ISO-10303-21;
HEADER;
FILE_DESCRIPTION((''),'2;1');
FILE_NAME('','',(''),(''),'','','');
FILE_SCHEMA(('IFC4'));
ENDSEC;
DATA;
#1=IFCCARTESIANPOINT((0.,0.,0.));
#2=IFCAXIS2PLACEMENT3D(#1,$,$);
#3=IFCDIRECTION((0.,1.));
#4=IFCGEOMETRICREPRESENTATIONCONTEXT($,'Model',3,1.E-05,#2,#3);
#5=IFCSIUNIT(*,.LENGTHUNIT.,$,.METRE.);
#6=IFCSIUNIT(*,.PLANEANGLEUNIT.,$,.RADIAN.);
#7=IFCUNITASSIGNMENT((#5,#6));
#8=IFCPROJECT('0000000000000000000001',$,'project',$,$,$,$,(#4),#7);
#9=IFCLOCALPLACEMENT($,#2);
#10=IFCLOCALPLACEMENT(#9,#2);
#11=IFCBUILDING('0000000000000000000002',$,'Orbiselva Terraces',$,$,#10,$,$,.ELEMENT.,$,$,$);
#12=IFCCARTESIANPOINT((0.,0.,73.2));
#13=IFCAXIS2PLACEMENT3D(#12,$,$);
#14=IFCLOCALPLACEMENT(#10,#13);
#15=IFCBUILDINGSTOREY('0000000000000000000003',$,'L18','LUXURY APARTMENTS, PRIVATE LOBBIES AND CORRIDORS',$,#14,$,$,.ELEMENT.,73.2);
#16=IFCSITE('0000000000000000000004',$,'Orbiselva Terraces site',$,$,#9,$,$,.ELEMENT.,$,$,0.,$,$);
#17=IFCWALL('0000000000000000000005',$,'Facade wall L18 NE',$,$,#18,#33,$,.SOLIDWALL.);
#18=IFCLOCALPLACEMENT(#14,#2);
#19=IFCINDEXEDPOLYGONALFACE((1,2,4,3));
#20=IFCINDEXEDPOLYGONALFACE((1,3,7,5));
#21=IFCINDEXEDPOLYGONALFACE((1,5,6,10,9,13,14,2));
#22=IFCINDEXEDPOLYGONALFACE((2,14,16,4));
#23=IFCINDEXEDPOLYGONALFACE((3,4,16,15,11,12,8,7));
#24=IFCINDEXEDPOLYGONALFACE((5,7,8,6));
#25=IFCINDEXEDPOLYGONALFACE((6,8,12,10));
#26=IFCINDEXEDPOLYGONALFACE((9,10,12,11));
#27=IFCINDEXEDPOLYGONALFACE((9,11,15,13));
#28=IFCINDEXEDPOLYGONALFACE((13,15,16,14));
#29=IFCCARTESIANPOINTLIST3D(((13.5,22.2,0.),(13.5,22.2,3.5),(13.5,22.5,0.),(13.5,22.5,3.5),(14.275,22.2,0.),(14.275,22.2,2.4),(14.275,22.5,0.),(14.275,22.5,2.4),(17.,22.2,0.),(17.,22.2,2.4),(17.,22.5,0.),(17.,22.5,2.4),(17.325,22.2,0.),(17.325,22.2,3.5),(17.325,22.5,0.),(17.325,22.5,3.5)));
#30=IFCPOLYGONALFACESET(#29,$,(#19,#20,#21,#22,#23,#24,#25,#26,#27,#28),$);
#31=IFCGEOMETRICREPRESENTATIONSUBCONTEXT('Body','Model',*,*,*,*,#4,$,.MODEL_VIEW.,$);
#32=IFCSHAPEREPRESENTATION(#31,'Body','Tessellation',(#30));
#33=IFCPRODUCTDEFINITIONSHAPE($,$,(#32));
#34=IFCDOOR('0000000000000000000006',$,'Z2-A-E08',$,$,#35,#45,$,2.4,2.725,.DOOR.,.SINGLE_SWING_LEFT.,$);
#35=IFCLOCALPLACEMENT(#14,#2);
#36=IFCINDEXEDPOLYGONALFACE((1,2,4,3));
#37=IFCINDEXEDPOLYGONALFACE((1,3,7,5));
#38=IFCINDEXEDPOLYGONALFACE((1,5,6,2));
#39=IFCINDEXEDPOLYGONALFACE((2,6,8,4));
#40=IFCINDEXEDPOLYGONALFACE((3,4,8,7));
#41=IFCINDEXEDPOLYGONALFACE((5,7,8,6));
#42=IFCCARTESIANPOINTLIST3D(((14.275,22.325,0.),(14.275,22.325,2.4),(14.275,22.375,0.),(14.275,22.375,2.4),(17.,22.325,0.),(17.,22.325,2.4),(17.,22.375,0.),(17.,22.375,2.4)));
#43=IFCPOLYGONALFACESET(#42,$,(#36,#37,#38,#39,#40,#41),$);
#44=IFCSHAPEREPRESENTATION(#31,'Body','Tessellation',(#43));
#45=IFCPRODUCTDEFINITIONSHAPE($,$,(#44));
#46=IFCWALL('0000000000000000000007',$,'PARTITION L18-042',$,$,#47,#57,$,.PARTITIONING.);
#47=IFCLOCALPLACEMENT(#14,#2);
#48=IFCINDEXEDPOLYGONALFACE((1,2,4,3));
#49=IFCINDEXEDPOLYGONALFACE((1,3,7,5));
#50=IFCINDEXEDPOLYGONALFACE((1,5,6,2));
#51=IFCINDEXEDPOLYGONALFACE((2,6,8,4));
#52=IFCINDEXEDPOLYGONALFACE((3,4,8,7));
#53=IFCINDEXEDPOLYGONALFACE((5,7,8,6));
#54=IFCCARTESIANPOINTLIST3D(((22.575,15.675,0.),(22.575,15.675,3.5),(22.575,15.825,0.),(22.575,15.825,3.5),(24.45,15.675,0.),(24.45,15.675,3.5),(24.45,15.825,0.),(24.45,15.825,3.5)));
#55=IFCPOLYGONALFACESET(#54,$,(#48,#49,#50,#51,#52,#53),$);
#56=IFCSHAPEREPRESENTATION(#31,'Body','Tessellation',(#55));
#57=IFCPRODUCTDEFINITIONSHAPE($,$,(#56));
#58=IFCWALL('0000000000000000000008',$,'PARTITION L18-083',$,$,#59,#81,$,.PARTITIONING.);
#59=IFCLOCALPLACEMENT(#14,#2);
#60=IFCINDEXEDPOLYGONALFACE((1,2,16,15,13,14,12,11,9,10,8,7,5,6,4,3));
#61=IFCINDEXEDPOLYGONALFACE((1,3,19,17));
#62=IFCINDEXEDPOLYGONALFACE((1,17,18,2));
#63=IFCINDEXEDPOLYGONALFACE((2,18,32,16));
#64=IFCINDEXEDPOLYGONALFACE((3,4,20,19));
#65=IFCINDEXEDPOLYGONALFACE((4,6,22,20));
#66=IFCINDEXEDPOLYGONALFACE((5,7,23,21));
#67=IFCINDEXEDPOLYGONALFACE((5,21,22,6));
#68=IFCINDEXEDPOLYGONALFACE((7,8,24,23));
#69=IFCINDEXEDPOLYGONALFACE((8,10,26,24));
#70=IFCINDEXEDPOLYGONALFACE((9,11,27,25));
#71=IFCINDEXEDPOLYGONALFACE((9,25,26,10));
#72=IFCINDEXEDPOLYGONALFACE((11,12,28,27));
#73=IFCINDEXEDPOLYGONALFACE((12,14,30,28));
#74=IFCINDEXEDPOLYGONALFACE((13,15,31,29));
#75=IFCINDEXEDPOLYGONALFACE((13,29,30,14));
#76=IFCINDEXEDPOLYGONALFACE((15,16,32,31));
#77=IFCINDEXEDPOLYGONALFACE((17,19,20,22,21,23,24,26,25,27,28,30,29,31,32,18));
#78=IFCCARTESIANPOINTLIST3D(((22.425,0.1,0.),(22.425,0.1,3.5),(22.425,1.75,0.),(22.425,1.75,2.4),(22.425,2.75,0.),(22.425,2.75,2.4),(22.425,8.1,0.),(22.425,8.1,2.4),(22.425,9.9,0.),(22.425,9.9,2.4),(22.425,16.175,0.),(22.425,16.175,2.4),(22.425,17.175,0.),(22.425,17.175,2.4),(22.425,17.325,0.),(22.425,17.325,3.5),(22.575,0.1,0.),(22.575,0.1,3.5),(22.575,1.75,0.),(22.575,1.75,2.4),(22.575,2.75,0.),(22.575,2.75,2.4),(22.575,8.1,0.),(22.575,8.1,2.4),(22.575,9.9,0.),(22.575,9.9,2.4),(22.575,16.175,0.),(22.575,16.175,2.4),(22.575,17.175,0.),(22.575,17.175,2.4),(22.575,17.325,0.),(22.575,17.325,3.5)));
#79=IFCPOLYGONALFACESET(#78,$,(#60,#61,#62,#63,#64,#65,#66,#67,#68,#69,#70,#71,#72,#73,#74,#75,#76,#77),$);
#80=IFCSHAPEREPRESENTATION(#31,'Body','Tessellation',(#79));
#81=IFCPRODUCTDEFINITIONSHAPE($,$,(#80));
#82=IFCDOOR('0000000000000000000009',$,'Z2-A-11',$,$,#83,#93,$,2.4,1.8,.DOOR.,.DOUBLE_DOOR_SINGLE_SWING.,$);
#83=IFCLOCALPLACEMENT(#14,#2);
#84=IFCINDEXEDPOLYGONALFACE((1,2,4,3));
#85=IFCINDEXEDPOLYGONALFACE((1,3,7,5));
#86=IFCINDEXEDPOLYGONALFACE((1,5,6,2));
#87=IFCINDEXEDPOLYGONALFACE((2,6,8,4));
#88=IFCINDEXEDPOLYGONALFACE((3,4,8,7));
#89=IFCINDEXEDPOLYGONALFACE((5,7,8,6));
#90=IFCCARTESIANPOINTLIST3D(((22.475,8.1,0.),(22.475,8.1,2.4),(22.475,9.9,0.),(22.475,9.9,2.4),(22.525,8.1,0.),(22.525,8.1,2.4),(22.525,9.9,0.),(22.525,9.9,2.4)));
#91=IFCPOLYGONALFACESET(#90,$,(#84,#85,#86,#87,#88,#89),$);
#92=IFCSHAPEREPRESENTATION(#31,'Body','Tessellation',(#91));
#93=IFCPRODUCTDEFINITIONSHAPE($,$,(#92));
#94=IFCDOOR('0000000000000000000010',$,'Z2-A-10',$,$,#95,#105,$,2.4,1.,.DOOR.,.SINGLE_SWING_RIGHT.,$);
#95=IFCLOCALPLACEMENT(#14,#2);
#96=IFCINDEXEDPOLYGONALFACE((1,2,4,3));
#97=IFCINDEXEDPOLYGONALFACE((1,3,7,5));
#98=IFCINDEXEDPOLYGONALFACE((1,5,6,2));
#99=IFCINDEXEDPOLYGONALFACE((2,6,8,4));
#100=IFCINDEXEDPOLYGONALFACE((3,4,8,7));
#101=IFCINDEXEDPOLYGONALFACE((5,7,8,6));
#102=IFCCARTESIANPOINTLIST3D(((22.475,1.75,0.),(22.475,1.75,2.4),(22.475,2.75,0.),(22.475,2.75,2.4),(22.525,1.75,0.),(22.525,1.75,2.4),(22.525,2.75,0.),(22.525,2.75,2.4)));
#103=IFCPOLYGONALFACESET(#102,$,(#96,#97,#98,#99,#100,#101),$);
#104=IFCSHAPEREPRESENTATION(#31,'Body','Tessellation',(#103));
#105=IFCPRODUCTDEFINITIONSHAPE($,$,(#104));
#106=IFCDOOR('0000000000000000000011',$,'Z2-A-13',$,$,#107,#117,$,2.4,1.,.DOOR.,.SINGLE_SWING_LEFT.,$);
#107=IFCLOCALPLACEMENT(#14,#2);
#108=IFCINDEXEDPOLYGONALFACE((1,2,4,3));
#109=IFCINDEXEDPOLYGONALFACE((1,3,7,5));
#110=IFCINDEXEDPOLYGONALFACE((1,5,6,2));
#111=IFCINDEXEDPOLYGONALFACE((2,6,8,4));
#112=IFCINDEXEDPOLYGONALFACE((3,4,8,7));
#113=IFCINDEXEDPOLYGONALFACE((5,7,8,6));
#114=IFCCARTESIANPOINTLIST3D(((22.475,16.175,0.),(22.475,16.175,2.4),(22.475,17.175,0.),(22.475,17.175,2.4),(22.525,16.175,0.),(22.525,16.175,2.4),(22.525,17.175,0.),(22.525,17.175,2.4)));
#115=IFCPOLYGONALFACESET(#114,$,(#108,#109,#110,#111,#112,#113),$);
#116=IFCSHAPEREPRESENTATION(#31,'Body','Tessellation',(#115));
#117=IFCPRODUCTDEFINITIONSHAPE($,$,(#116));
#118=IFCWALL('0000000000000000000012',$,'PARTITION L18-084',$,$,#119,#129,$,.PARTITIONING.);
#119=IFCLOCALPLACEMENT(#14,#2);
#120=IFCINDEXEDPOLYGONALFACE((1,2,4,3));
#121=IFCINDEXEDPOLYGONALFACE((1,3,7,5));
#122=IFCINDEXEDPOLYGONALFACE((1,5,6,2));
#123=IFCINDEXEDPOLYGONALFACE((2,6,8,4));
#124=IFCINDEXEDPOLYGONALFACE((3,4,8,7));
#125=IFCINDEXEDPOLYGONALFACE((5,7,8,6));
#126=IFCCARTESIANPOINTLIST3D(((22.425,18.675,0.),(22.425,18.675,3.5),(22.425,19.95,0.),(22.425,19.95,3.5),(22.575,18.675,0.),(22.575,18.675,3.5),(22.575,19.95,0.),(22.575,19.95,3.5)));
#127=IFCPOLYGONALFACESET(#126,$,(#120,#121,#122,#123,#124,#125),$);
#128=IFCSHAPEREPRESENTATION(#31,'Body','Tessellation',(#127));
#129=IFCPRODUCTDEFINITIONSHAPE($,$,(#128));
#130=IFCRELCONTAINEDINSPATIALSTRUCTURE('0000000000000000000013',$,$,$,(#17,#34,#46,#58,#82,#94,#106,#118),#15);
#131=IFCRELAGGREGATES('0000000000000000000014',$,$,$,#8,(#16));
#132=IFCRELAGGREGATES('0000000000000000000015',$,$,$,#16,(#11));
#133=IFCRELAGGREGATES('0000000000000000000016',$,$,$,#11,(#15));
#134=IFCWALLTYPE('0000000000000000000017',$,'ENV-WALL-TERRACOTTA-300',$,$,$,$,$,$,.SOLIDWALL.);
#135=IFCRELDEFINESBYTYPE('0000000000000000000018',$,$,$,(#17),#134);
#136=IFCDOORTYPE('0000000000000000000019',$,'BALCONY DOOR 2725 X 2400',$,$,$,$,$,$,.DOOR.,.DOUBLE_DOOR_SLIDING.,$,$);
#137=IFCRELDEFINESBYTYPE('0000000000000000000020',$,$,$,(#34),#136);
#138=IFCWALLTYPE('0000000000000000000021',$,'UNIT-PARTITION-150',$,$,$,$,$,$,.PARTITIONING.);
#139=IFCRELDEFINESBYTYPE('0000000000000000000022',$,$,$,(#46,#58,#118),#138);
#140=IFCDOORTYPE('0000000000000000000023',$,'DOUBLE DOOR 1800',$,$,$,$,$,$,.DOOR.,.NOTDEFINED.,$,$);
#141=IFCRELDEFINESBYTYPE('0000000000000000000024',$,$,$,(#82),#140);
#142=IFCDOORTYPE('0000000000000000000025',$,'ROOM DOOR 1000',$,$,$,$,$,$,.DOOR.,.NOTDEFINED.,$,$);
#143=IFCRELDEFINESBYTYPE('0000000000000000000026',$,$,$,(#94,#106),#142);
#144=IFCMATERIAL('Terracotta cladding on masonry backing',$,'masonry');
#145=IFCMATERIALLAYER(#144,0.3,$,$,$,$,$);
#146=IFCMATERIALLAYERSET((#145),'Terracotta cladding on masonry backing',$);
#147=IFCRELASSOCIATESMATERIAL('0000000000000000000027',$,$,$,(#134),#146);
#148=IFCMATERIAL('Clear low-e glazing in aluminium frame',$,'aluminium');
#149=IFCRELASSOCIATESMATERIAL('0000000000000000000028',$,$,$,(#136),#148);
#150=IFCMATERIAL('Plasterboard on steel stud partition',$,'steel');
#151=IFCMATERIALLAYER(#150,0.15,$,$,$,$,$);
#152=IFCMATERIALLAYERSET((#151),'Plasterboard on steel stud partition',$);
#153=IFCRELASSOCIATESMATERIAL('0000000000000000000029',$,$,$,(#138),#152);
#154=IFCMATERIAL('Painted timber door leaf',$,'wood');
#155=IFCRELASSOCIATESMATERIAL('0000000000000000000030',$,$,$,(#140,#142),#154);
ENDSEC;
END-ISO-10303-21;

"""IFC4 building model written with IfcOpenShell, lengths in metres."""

from ifc_helpers import new_model, si_unit, direction, frame, frame_2d, origin, place, context, subcontext, project, spatial, rectangle, extrude, material, layer, layer_set, type_object, element, fill, save


model = new_model("IFC4")

# Units and contexts
model_context = context("Model", 3, precision=1e-05, world=origin(), true_north=direction((0.0, 1.0)))
body_context = subcontext(model_context, "Body", "Model", "MODEL_VIEW")
ifc_project = project(units=[si_unit("LENGTHUNIT", "METRE"), si_unit("PLANEANGLEUNIT", "RADIAN")], contexts=[model_context])

# Site, building, storey
site_placement = place(None, origin())
site = spatial("IfcSite", under=ifc_project, at=site_placement, Name="Orbiselva Terraces site", CompositionType="ELEMENT", RefElevation=0.0)
building_placement = place(site_placement, origin())
building = spatial("IfcBuilding", under=site, at=building_placement, Name="Orbiselva Terraces", CompositionType="ELEMENT")
storey_placement = place(building_placement, frame((0.0, 0.0, 73.2)))
storey = spatial("IfcBuildingStorey", under=building, at=storey_placement, Name="L18", Description="LUXURY APARTMENTS, PRIVATE LOBBIES AND CORRIDORS", CompositionType="ELEMENT", Elevation=73.2)

# Shared definitions
ifc_material_1 = material(Name="Terracotta cladding on masonry backing", Category="masonry")
ifc_layer_1 = layer(ifc_material_1, 0.3)
ifc_layer_set_1 = layer_set([ifc_layer_1], Name="Terracotta cladding on masonry backing")
wall_type_1 = type_object("IfcWallType", Name="ENV-WALL-TERRACOTTA-300", PredefinedType="SOLIDWALL", material=ifc_layer_set_1)
ifc_material_2 = material(Name="Clear low-e glazing in aluminium frame", Category="aluminium")
door_type_1 = type_object("IfcDoorType", Name="BALCONY DOOR 2725 X 2400", OperationType="DOUBLE_DOOR_SLIDING", PredefinedType="DOOR", material=ifc_material_2)

# Wall, opening, door
wall_1_placement = place(storey_placement, frame((13.5, 22.35, 0.0), z_axis=(0.0, 0.0, 1.0), x_axis=(1.0, 0.0, 0.0)))
wall_1 = element("IfcWall", 1, at=wall_1_placement, inside=storey, type_object=wall_type_1, Name="Facade wall L18 NE", PredefinedType="SOLIDWALL", context=body_context, shape_type="SweptSolid", body=[
    extrude(rectangle(XDim=3.825, YDim=0.3, at=frame_2d((1.9125, 0.0))), origin(), (0.0, 0.0, 1.0), 3.5),
])
opening_1_placement = place(wall_1_placement, frame((0.775, 0.0, 0.0)))
opening_1 = element("IfcOpeningElement", 2, at=opening_1_placement, cuts=wall_1, PredefinedType="OPENING", context=body_context, shape_type="SweptSolid", body=[
    extrude(rectangle(XDim=2.725, YDim=2.4, at=frame_2d((1.3625, 1.2))), frame((0.0, 0.16, 0.0), z_axis=(0.0, -1.0, 0.0), x_axis=(1.0, 0.0, 0.0)), (0.0, 0.0, 1.0), 0.32),
])
door_1_placement = place(opening_1_placement, origin())
door_1 = element("IfcDoor", 3, at=door_1_placement, inside=storey, type_object=door_type_1, Name="Z2-A-E08", OperationType="SINGLE_SWING_LEFT", OverallHeight=2.4, OverallWidth=2.725, PredefinedType="DOOR", context=body_context, shape_type="SweptSolid", body=[
    extrude(rectangle(XDim=2.725, YDim=2.4, at=frame_2d((1.3625, 1.2))), frame((0.0, 0.025, 0.0), z_axis=(0.0, -1.0, 0.0), x_axis=(1.0, 0.0, 0.0)), (0.0, 0.0, 1.0), 0.05),
])
fill(opening_1, door_1)

# Wall
ifc_material_3 = material(Name="Plasterboard on steel stud partition", Category="steel")
ifc_layer_2 = layer(ifc_material_3, 0.15)
ifc_layer_set_2 = layer_set([ifc_layer_2], Name="Plasterboard on steel stud partition")
wall_type_2 = type_object("IfcWallType", Name="UNIT-PARTITION-150", PredefinedType="PARTITIONING", material=ifc_layer_set_2)
wall_2_placement = place(storey_placement, frame((22.575, 15.75, 0.0), z_axis=(0.0, 0.0, 1.0), x_axis=(1.0, 0.0, 0.0)))
element("IfcWall", 4, at=wall_2_placement, inside=storey, type_object=wall_type_2, Name="PARTITION L18-042", PredefinedType="PARTITIONING", context=body_context, shape_type="SweptSolid", body=[
    extrude(rectangle(XDim=1.875, YDim=0.15, at=frame_2d((0.9375, 0.0))), origin(), (0.0, 0.0, 1.0), 3.5),
])

# Wall, openings, doors
wall_3_placement = place(storey_placement, frame((22.5, 17.325, 0.0), z_axis=(0.0, 0.0, 1.0), x_axis=(0.0, -1.0, 0.0)))
wall_3 = element("IfcWall", 5, at=wall_3_placement, inside=storey, type_object=wall_type_2, Name="PARTITION L18-083", PredefinedType="PARTITIONING", context=body_context, shape_type="SweptSolid", body=[
    extrude(rectangle(XDim=17.225, YDim=0.15, at=frame_2d((8.6125, 0.0))), origin(), (0.0, 0.0, 1.0), 3.5),
])
opening_2_placement = place(wall_3_placement, frame((14.575, 0.0, 0.0)))
opening_2 = element("IfcOpeningElement", 6, at=opening_2_placement, cuts=wall_3, PredefinedType="OPENING", context=body_context, shape_type="SweptSolid", body=[
    extrude(rectangle(XDim=1.0, YDim=2.4, at=frame_2d((0.5, 1.2))), frame((0.0, 0.085, 0.0), z_axis=(0.0, -1.0, 0.0), x_axis=(1.0, 0.0, 0.0)), (0.0, 0.0, 1.0), 0.17),
])
opening_3_placement = place(wall_3_placement, frame((7.425, 0.0, 0.0)))
opening_3 = element("IfcOpeningElement", 7, at=opening_3_placement, cuts=wall_3, PredefinedType="OPENING", context=body_context, shape_type="SweptSolid", body=[
    extrude(rectangle(XDim=1.8, YDim=2.4, at=frame_2d((0.9, 1.2))), frame((0.0, 0.085, 0.0), z_axis=(0.0, -1.0, 0.0), x_axis=(1.0, 0.0, 0.0)), (0.0, 0.0, 1.0), 0.17),
])
opening_4_placement = place(wall_3_placement, frame((0.15, 0.0, 0.0)))
opening_4 = element("IfcOpeningElement", 8, at=opening_4_placement, cuts=wall_3, PredefinedType="OPENING", context=body_context, shape_type="SweptSolid", body=[
    extrude(rectangle(XDim=1.0, YDim=2.4, at=frame_2d((0.5, 1.2))), frame((0.0, 0.085, 0.0), z_axis=(0.0, -1.0, 0.0), x_axis=(1.0, 0.0, 0.0)), (0.0, 0.0, 1.0), 0.17),
])
ifc_material_4 = material(Name="Painted timber door leaf", Category="wood")
door_type_2 = type_object("IfcDoorType", Name="DOUBLE DOOR 1800", OperationType="NOTDEFINED", PredefinedType="DOOR", material=ifc_material_4)
door_2_placement = place(opening_3_placement, origin())
door_2 = element("IfcDoor", 9, at=door_2_placement, inside=storey, type_object=door_type_2, Name="Z2-A-11", OperationType="DOUBLE_DOOR_SINGLE_SWING", OverallHeight=2.4, OverallWidth=1.8, PredefinedType="DOOR", context=body_context, shape_type="SweptSolid", body=[
    extrude(rectangle(XDim=1.8, YDim=2.4, at=frame_2d((0.9, 1.2))), frame((0.0, 0.025, 0.0), z_axis=(0.0, -1.0, 0.0), x_axis=(1.0, 0.0, 0.0)), (0.0, 0.0, 1.0), 0.05),
])
fill(opening_3, door_2)
door_type_3 = type_object("IfcDoorType", Name="ROOM DOOR 1000", OperationType="NOTDEFINED", PredefinedType="DOOR", material=ifc_material_4)
door_3_placement = place(opening_2_placement, origin())
door_3 = element("IfcDoor", 10, at=door_3_placement, inside=storey, type_object=door_type_3, Name="Z2-A-10", OperationType="SINGLE_SWING_RIGHT", OverallHeight=2.4, OverallWidth=1.0, PredefinedType="DOOR", context=body_context, shape_type="SweptSolid", body=[
    extrude(rectangle(XDim=1.0, YDim=2.4, at=frame_2d((0.5, 1.2))), frame((0.0, 0.025, 0.0), z_axis=(0.0, -1.0, 0.0), x_axis=(1.0, 0.0, 0.0)), (0.0, 0.0, 1.0), 0.05),
])
fill(opening_2, door_3)
door_4_placement = place(opening_4_placement, origin())
door_4 = element("IfcDoor", 11, at=door_4_placement, inside=storey, type_object=door_type_3, Name="Z2-A-13", OperationType="SINGLE_SWING_LEFT", OverallHeight=2.4, OverallWidth=1.0, PredefinedType="DOOR", context=body_context, shape_type="SweptSolid", body=[
    extrude(rectangle(XDim=1.0, YDim=2.4, at=frame_2d((0.5, 1.2))), frame((0.0, 0.025, 0.0), z_axis=(0.0, -1.0, 0.0), x_axis=(1.0, 0.0, 0.0)), (0.0, 0.0, 1.0), 0.05),
])
fill(opening_4, door_4)

# Wall
wall_4_placement = place(storey_placement, frame((22.5, 18.675, 0.0), z_axis=(0.0, 0.0, 1.0), x_axis=(0.0, 1.0, 0.0)))
element("IfcWall", 12, at=wall_4_placement, inside=storey, type_object=wall_type_2, Name="PARTITION L18-084", PredefinedType="PARTITIONING", context=body_context, shape_type="SweptSolid", body=[
    extrude(rectangle(XDim=1.275, YDim=0.15, at=frame_2d((0.6375, 0.0))), origin(), (0.0, 0.0, 1.0), 3.5),
])

save(model, "model.ifc")
